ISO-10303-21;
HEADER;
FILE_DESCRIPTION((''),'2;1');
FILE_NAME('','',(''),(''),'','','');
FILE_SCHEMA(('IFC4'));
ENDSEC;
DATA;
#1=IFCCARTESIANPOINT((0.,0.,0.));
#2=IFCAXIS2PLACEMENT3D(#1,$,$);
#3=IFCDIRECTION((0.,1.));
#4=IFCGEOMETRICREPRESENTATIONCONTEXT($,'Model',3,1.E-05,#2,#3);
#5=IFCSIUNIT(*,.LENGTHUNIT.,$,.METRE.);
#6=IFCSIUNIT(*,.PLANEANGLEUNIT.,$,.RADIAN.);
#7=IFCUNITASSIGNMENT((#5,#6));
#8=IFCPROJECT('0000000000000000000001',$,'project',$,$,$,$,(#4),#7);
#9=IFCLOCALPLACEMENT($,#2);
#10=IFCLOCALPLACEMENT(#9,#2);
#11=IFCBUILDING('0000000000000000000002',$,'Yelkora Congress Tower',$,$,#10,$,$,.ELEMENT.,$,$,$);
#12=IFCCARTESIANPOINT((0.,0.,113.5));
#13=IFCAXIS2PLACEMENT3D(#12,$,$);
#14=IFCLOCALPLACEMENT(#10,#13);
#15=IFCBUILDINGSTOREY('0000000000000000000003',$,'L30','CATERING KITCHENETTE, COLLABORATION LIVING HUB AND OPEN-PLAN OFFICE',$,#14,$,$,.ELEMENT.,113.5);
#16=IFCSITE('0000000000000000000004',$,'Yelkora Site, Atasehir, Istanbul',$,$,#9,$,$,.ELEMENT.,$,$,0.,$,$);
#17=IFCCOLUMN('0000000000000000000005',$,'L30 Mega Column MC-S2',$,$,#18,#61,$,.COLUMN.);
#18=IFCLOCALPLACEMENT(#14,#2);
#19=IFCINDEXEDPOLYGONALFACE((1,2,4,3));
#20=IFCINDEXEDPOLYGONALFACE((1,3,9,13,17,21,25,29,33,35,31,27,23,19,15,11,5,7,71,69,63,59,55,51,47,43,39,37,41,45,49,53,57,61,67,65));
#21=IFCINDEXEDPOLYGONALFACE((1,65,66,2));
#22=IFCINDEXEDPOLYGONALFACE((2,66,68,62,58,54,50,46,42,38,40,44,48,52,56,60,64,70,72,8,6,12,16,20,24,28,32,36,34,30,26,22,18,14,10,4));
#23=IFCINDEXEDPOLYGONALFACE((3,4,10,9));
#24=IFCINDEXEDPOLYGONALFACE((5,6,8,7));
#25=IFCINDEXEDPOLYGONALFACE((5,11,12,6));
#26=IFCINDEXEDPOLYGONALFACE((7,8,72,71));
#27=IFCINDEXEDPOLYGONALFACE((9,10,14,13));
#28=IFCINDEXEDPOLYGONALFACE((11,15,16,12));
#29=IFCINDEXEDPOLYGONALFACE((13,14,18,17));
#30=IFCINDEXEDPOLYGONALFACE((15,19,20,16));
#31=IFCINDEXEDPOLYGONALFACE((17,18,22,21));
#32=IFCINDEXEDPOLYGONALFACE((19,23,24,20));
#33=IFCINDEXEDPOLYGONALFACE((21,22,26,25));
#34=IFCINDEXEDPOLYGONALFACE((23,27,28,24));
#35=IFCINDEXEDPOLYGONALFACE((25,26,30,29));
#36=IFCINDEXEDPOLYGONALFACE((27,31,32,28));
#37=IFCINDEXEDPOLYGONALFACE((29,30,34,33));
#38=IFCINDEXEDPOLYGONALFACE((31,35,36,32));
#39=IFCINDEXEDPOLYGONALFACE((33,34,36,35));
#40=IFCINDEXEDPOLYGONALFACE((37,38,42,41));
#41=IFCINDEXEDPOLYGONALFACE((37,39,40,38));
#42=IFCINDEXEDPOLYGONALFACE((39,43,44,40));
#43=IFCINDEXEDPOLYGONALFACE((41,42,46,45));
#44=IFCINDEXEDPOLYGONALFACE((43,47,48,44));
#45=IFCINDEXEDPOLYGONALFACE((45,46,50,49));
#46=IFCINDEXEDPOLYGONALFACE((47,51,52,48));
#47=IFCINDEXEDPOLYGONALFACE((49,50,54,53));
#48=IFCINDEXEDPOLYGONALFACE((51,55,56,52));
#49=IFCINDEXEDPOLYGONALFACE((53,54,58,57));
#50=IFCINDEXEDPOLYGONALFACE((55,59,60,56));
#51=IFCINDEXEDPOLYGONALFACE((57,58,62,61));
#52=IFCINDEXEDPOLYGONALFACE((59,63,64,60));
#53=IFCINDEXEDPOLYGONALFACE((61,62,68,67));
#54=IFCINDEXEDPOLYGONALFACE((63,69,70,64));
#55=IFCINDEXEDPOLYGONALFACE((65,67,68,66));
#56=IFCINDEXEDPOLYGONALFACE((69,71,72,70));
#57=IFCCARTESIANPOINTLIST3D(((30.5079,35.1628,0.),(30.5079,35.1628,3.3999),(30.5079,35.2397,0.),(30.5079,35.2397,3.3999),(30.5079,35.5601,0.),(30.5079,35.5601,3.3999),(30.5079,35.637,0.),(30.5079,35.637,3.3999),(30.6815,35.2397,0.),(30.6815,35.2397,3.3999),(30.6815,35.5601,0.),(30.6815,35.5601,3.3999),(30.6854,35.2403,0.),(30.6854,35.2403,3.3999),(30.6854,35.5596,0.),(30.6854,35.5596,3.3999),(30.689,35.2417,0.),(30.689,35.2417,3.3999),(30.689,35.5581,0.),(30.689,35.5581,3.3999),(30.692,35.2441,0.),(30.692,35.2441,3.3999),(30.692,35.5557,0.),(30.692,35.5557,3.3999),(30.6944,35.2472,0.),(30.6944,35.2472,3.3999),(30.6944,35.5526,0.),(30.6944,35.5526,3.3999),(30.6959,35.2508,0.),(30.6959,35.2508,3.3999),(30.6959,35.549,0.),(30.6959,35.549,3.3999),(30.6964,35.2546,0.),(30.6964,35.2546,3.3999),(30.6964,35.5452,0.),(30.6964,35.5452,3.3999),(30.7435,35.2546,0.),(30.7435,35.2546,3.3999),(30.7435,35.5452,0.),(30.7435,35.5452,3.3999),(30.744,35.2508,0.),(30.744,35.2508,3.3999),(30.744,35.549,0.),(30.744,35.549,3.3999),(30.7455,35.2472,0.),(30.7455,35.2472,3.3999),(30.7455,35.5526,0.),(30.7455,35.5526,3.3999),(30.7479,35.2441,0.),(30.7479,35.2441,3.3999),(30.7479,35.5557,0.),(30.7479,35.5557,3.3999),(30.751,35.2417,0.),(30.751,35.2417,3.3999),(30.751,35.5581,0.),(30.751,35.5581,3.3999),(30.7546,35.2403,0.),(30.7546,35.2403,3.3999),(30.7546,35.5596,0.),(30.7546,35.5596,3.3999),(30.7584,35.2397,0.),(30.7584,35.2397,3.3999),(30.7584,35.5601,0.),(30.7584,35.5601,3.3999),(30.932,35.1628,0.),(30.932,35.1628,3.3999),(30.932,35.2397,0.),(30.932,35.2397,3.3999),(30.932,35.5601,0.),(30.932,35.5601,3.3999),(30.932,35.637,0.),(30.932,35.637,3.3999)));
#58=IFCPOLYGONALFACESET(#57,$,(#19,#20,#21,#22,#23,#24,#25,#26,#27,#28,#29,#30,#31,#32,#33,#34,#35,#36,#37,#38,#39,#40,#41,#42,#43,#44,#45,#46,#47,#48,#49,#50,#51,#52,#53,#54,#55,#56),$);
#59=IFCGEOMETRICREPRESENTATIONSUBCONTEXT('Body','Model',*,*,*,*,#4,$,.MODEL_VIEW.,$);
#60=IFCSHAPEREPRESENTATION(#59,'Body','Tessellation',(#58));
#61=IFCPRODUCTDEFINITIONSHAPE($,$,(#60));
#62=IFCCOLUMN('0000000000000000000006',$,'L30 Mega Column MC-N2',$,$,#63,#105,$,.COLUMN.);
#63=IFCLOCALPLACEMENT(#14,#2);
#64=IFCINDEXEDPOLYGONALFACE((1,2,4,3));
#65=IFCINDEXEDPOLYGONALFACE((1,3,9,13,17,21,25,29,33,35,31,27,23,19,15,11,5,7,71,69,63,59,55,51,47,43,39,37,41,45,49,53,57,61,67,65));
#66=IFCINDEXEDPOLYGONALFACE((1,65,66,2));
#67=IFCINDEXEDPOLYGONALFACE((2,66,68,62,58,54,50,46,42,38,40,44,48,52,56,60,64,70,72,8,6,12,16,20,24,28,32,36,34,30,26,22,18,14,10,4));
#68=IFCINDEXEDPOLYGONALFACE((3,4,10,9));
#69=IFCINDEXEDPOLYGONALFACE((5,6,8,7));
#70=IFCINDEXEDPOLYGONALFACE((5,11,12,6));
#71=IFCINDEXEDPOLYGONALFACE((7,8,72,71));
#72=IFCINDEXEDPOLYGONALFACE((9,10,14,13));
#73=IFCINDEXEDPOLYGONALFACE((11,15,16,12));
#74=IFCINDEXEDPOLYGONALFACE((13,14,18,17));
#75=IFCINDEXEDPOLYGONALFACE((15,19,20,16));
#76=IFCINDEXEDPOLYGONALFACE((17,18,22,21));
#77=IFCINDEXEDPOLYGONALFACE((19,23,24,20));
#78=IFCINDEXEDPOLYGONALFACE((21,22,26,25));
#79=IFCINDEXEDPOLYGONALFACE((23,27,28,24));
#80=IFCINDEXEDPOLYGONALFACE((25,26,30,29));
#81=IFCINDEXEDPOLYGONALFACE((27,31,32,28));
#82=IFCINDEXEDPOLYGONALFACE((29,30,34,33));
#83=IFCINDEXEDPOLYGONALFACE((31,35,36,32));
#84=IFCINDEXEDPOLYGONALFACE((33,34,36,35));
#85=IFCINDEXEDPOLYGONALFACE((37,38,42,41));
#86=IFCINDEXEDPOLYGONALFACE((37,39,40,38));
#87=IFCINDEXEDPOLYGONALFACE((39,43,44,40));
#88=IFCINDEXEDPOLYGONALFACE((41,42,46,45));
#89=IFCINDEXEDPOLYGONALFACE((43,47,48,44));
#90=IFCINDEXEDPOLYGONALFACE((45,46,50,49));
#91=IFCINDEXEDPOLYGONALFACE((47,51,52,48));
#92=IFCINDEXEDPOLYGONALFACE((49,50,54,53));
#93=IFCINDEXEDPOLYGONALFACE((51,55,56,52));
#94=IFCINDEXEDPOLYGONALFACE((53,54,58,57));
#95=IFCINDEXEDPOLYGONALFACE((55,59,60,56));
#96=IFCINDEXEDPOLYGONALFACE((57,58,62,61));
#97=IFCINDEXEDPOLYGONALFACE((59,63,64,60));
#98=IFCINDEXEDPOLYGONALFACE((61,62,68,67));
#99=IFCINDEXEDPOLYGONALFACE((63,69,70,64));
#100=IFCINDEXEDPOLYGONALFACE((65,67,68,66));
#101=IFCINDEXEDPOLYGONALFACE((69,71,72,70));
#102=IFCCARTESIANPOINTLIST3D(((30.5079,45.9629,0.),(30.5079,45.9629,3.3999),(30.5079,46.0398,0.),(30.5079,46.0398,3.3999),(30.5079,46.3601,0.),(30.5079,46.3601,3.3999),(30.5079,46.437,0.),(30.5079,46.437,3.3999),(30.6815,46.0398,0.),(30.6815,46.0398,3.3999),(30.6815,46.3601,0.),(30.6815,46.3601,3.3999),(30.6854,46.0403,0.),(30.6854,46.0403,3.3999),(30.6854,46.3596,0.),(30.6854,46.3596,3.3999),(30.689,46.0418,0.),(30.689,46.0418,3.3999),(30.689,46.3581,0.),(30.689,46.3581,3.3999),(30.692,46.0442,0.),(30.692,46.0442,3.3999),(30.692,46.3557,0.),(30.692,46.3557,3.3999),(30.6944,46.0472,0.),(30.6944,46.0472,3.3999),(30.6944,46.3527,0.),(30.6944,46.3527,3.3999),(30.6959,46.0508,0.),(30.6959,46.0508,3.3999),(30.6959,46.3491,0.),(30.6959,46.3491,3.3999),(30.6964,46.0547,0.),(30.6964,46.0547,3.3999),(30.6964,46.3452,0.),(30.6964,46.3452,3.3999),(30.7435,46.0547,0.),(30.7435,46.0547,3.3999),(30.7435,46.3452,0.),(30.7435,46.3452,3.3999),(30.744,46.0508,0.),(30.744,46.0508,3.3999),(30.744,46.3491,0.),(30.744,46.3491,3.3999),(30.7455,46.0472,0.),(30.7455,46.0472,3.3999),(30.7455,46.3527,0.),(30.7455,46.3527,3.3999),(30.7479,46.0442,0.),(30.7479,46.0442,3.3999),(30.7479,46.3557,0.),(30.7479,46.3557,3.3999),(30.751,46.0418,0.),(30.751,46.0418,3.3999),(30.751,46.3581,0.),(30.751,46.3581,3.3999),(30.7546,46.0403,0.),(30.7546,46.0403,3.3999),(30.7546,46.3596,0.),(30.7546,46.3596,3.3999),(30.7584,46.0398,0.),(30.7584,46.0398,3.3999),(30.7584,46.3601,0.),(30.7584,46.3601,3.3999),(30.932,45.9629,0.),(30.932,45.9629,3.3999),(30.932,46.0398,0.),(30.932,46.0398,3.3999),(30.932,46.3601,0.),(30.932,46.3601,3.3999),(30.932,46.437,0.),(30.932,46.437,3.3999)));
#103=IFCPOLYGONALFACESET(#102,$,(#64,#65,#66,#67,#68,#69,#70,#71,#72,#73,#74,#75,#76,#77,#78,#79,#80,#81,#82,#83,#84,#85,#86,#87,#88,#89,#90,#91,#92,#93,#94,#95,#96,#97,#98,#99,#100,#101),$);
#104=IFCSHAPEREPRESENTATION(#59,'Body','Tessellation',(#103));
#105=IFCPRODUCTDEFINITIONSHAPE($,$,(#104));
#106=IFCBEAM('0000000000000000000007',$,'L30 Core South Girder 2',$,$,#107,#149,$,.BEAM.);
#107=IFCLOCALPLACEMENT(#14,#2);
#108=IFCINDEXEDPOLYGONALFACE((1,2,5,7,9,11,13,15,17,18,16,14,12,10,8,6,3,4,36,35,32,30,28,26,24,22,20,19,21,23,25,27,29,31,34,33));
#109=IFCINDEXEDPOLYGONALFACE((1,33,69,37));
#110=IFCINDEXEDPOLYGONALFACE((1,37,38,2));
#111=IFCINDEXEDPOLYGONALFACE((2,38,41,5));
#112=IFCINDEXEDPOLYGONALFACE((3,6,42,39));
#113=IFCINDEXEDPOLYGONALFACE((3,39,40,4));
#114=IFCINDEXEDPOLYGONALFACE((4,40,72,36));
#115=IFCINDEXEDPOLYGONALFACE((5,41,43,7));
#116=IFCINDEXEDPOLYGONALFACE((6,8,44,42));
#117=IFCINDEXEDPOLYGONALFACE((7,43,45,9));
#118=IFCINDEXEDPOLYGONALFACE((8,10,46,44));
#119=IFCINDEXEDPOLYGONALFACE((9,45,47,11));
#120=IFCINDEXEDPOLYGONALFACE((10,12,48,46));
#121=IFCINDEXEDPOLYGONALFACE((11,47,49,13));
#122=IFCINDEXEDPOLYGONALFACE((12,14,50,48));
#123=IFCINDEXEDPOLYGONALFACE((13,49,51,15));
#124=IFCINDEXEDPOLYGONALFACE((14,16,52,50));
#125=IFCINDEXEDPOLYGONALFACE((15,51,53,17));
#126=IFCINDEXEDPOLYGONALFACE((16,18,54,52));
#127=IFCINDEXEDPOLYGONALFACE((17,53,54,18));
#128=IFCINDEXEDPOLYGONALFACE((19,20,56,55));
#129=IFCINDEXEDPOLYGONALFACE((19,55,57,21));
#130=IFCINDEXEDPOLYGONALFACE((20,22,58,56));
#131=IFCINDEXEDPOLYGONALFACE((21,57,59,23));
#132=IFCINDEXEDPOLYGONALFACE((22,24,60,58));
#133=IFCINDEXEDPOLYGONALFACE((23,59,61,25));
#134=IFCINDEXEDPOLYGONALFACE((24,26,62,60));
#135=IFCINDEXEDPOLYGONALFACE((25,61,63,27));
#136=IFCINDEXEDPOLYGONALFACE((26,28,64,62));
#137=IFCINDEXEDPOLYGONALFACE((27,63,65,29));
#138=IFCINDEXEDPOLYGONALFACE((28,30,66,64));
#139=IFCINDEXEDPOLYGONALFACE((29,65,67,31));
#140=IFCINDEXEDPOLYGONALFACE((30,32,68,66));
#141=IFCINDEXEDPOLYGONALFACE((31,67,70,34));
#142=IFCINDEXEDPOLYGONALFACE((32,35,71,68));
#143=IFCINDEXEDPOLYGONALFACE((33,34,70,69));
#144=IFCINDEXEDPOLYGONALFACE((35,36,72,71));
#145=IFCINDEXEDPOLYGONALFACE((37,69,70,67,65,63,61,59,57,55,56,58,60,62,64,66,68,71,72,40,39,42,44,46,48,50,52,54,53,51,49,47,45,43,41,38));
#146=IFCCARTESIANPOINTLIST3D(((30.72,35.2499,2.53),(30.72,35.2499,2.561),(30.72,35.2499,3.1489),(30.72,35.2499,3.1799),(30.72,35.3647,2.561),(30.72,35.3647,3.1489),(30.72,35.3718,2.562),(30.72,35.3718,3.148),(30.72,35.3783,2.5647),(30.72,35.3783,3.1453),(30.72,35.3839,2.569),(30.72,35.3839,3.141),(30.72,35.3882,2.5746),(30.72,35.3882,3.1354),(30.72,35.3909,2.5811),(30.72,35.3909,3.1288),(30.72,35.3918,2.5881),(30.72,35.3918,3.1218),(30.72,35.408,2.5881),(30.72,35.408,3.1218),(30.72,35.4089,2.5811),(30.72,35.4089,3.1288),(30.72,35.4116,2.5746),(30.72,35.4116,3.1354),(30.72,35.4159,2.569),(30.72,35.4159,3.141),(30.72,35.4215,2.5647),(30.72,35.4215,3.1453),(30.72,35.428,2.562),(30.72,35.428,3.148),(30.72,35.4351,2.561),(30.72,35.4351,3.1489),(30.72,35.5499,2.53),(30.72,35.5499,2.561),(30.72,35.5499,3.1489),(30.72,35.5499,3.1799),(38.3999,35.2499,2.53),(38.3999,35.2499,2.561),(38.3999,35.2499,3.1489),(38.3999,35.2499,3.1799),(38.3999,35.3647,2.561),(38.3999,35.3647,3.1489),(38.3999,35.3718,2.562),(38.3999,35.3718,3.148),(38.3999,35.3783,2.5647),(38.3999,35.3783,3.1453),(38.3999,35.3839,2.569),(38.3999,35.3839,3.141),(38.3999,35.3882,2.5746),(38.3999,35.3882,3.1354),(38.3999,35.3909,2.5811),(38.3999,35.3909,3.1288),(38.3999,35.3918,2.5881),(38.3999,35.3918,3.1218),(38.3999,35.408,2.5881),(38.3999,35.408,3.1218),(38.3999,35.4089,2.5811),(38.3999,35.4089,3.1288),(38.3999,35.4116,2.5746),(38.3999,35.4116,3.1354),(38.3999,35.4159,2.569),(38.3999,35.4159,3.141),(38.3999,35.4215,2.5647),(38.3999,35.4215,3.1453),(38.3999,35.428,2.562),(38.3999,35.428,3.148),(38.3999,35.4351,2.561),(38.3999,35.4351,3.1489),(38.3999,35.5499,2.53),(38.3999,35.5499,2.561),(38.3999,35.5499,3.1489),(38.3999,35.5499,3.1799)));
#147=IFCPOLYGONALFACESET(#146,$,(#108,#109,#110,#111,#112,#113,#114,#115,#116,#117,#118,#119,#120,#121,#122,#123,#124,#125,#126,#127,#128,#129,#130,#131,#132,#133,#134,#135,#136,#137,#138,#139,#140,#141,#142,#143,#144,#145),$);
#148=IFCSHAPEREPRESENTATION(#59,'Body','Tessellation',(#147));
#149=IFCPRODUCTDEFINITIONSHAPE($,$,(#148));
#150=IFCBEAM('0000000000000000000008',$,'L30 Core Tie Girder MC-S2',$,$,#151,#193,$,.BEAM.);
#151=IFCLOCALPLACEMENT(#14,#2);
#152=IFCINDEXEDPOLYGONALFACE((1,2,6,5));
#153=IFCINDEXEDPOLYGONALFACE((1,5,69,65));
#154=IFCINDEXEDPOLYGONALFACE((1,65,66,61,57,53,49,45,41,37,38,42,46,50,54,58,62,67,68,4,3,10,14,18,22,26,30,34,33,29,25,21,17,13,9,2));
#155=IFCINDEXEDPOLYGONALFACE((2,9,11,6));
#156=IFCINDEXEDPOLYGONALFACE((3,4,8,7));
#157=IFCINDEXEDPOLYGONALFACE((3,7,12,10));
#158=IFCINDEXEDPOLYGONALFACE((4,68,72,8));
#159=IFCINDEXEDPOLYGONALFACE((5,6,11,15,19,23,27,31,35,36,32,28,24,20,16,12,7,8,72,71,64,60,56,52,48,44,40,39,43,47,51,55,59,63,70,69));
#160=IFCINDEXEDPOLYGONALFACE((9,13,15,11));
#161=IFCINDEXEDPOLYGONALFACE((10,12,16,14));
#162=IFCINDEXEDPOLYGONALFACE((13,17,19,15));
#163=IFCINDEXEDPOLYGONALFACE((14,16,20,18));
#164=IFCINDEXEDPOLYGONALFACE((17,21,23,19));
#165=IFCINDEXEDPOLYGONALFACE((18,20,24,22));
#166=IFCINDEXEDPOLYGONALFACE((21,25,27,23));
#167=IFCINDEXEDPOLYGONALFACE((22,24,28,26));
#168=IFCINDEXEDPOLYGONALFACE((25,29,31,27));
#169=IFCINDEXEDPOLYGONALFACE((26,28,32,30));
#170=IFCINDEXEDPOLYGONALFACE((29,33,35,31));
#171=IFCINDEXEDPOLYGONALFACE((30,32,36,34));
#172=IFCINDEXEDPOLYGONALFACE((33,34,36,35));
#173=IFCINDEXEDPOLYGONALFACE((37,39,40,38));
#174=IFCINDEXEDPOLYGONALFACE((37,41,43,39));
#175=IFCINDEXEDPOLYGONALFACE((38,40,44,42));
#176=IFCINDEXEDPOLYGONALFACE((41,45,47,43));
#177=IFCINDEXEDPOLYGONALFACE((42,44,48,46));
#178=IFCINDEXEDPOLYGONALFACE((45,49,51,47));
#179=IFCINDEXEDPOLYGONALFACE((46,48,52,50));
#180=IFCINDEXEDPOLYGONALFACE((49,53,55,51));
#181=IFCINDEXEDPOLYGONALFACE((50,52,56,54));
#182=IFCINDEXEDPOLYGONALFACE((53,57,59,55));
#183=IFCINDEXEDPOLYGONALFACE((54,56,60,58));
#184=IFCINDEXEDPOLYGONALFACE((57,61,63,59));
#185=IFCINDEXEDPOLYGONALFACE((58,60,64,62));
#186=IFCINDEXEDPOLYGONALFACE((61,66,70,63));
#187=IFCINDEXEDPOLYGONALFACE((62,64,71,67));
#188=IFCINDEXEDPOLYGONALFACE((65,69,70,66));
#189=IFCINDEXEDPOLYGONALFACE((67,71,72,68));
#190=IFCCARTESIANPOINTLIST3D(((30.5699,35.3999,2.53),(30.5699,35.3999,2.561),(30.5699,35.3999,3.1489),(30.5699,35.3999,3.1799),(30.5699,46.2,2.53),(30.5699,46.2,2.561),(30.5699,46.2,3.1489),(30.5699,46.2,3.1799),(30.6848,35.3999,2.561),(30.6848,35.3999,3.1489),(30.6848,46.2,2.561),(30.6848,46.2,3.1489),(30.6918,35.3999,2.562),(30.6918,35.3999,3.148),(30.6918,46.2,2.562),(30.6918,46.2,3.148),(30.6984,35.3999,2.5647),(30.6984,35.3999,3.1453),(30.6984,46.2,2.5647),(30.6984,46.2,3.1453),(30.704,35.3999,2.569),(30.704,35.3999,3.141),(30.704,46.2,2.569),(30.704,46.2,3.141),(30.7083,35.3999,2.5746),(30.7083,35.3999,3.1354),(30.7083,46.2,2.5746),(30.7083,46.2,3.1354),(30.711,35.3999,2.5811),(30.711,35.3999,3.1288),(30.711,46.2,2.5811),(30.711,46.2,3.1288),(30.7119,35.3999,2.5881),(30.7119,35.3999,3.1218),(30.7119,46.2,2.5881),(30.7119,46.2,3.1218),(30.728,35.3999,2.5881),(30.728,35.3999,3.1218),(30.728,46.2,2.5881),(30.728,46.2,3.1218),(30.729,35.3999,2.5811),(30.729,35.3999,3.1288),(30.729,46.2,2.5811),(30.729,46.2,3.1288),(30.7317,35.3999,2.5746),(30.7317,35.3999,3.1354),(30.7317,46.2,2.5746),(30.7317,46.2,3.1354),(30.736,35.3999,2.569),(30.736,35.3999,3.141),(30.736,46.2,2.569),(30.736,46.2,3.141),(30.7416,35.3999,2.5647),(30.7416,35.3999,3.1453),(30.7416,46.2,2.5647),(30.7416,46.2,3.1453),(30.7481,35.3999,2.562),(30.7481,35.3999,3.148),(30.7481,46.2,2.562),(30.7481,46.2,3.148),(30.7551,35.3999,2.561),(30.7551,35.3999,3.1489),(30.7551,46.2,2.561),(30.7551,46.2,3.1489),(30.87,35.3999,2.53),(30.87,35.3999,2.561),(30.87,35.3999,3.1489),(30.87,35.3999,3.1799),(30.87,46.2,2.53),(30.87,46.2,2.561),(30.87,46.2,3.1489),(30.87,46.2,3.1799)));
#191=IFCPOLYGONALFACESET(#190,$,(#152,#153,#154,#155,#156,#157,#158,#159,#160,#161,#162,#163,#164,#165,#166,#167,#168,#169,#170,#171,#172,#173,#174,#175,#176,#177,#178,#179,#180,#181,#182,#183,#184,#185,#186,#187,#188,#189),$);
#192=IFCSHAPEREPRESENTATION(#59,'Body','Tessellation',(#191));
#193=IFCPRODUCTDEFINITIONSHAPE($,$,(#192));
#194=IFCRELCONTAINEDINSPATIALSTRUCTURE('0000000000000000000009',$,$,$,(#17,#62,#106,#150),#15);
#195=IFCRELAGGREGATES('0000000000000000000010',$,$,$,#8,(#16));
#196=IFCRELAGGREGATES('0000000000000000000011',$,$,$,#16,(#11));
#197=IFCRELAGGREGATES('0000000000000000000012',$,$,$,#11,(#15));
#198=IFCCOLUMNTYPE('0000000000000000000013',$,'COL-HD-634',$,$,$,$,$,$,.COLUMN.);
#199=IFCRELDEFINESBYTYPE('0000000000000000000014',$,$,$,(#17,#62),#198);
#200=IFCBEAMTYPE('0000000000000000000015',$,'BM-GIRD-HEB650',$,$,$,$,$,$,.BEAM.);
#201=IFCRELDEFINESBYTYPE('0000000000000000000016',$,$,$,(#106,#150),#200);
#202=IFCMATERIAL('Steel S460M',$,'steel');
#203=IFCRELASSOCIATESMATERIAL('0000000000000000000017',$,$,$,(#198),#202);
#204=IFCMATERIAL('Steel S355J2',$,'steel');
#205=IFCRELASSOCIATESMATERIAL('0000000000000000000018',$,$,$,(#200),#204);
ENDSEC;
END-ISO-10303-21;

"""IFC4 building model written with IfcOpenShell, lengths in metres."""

from ifc_helpers import new_model, si_unit, direction, frame, origin, origin_2d, place, context, subcontext, project, spatial, i_section, extrude, material, material_profile, profile_set, type_object, element, save


model = new_model("IFC4")

# Units and contexts
model_context = context("Model", 3, precision=1e-05, world=origin(), true_north=direction((0.0, 1.0)))
body_context = subcontext(model_context, "Body", "Model", "MODEL_VIEW")
ifc_project = project(units=[si_unit("LENGTHUNIT", "METRE"), si_unit("PLANEANGLEUNIT", "RADIAN")], contexts=[model_context])

# Site, building, storey
site_placement = place(None, origin())
site = spatial("IfcSite", under=ifc_project, at=site_placement, Name="Yelkora Site, Atasehir, Istanbul", CompositionType="ELEMENT", RefElevation=0.0)
building_placement = place(site_placement, origin())
building = spatial("IfcBuilding", under=site, at=building_placement, Name="Yelkora Congress Tower", CompositionType="ELEMENT")
storey_placement = place(building_placement, frame((0.0, 0.0, 113.5)))
storey = spatial("IfcBuildingStorey", under=building, at=storey_placement, Name="L30", Description="CATERING KITCHENETTE, COLLABORATION LIVING HUB AND OPEN-PLAN OFFICE", CompositionType="ELEMENT", Elevation=113.5)

# Columns
ifc_material_1 = material(Name="Steel S460M", Category="steel")
ifc_material_profile_1 = material_profile(ifc_material_1, i_section(OverallWidth=0.4241, OverallDepth=0.4741, WebThickness=0.0471, FlangeThickness=0.0769, FilletRadius=0.0149, at=origin_2d()), Name="HD 400x634")
ifc_profile_set_1 = profile_set([ifc_material_profile_1], Name="Steel S460M")
column_type = type_object("IfcColumnType", Name="COL-HD-634", PredefinedType="COLUMN", material=ifc_profile_set_1)
for number, where, z_axis, x_axis, name in (
    (1, (30.72, 35.3999, 0.0), (0.0, 0.0, 1.0), (1.0, 0.0, 0.0), "L30 Mega Column MC-S2"),
    (2, (30.72, 46.2, 0.0), (0.0, 0.0, 1.0), (1.0, 0.0, 0.0), "L30 Mega Column MC-N2"),
):
    element("IfcColumn", number, at=place(storey_placement, frame(where, z_axis=z_axis, x_axis=x_axis)), inside=storey, type_object=column_type, Name=name, PredefinedType="COLUMN", context=body_context, shape_type="SweptSolid", body=[
        extrude(i_section(OverallWidth=0.4241, OverallDepth=0.4741, WebThickness=0.0471, FlangeThickness=0.0769, FilletRadius=0.0149, at=origin_2d()), origin(), (0.0, 0.0, 1.0), 3.3999),
    ])

# Beams
ifc_material_2 = material(Name="Steel S355J2", Category="steel")
ifc_material_profile_2 = material_profile(ifc_material_2, i_section(OverallWidth=0.3, OverallDepth=0.6499, WebThickness=0.0161, FlangeThickness=0.031, FilletRadius=0.0271, at=origin_2d()), Name="HEB 650")
ifc_profile_set_2 = profile_set([ifc_material_profile_2], Name="Steel S355J2")
beam_type = type_object("IfcBeamType", Name="BM-GIRD-HEB650", PredefinedType="BEAM", material=ifc_profile_set_2)
beam_1_placement = place(storey_placement, frame((30.72, 35.3999, 2.855), z_axis=(1.0, 0.0, 0.0), x_axis=(0.0, 1.0, 0.0)))
element("IfcBeam", 3, at=beam_1_placement, inside=storey, type_object=beam_type, Name="L30 Core South Girder 2", PredefinedType="BEAM", context=body_context, shape_type="SweptSolid", body=[
    extrude(i_section(OverallWidth=0.3, OverallDepth=0.6499, WebThickness=0.0161, FlangeThickness=0.031, FilletRadius=0.0271, at=origin_2d()), origin(), (0.0, 0.0, 1.0), 7.6799),
])
beam_2_placement = place(storey_placement, frame((30.72, 35.3999, 2.855), z_axis=(0.0, 1.0, 0.0), x_axis=(-1.0, 0.0, 0.0)))
element("IfcBeam", 4, at=beam_2_placement, inside=storey, type_object=beam_type, Name="L30 Core Tie Girder MC-S2", PredefinedType="BEAM", context=body_context, shape_type="SweptSolid", body=[
    extrude(i_section(OverallWidth=0.3, OverallDepth=0.6499, WebThickness=0.0161, FlangeThickness=0.031, FilletRadius=0.0271, at=origin_2d()), origin(), (0.0, 0.0, 1.0), 10.8),
])

save(model, "model.ifc")
